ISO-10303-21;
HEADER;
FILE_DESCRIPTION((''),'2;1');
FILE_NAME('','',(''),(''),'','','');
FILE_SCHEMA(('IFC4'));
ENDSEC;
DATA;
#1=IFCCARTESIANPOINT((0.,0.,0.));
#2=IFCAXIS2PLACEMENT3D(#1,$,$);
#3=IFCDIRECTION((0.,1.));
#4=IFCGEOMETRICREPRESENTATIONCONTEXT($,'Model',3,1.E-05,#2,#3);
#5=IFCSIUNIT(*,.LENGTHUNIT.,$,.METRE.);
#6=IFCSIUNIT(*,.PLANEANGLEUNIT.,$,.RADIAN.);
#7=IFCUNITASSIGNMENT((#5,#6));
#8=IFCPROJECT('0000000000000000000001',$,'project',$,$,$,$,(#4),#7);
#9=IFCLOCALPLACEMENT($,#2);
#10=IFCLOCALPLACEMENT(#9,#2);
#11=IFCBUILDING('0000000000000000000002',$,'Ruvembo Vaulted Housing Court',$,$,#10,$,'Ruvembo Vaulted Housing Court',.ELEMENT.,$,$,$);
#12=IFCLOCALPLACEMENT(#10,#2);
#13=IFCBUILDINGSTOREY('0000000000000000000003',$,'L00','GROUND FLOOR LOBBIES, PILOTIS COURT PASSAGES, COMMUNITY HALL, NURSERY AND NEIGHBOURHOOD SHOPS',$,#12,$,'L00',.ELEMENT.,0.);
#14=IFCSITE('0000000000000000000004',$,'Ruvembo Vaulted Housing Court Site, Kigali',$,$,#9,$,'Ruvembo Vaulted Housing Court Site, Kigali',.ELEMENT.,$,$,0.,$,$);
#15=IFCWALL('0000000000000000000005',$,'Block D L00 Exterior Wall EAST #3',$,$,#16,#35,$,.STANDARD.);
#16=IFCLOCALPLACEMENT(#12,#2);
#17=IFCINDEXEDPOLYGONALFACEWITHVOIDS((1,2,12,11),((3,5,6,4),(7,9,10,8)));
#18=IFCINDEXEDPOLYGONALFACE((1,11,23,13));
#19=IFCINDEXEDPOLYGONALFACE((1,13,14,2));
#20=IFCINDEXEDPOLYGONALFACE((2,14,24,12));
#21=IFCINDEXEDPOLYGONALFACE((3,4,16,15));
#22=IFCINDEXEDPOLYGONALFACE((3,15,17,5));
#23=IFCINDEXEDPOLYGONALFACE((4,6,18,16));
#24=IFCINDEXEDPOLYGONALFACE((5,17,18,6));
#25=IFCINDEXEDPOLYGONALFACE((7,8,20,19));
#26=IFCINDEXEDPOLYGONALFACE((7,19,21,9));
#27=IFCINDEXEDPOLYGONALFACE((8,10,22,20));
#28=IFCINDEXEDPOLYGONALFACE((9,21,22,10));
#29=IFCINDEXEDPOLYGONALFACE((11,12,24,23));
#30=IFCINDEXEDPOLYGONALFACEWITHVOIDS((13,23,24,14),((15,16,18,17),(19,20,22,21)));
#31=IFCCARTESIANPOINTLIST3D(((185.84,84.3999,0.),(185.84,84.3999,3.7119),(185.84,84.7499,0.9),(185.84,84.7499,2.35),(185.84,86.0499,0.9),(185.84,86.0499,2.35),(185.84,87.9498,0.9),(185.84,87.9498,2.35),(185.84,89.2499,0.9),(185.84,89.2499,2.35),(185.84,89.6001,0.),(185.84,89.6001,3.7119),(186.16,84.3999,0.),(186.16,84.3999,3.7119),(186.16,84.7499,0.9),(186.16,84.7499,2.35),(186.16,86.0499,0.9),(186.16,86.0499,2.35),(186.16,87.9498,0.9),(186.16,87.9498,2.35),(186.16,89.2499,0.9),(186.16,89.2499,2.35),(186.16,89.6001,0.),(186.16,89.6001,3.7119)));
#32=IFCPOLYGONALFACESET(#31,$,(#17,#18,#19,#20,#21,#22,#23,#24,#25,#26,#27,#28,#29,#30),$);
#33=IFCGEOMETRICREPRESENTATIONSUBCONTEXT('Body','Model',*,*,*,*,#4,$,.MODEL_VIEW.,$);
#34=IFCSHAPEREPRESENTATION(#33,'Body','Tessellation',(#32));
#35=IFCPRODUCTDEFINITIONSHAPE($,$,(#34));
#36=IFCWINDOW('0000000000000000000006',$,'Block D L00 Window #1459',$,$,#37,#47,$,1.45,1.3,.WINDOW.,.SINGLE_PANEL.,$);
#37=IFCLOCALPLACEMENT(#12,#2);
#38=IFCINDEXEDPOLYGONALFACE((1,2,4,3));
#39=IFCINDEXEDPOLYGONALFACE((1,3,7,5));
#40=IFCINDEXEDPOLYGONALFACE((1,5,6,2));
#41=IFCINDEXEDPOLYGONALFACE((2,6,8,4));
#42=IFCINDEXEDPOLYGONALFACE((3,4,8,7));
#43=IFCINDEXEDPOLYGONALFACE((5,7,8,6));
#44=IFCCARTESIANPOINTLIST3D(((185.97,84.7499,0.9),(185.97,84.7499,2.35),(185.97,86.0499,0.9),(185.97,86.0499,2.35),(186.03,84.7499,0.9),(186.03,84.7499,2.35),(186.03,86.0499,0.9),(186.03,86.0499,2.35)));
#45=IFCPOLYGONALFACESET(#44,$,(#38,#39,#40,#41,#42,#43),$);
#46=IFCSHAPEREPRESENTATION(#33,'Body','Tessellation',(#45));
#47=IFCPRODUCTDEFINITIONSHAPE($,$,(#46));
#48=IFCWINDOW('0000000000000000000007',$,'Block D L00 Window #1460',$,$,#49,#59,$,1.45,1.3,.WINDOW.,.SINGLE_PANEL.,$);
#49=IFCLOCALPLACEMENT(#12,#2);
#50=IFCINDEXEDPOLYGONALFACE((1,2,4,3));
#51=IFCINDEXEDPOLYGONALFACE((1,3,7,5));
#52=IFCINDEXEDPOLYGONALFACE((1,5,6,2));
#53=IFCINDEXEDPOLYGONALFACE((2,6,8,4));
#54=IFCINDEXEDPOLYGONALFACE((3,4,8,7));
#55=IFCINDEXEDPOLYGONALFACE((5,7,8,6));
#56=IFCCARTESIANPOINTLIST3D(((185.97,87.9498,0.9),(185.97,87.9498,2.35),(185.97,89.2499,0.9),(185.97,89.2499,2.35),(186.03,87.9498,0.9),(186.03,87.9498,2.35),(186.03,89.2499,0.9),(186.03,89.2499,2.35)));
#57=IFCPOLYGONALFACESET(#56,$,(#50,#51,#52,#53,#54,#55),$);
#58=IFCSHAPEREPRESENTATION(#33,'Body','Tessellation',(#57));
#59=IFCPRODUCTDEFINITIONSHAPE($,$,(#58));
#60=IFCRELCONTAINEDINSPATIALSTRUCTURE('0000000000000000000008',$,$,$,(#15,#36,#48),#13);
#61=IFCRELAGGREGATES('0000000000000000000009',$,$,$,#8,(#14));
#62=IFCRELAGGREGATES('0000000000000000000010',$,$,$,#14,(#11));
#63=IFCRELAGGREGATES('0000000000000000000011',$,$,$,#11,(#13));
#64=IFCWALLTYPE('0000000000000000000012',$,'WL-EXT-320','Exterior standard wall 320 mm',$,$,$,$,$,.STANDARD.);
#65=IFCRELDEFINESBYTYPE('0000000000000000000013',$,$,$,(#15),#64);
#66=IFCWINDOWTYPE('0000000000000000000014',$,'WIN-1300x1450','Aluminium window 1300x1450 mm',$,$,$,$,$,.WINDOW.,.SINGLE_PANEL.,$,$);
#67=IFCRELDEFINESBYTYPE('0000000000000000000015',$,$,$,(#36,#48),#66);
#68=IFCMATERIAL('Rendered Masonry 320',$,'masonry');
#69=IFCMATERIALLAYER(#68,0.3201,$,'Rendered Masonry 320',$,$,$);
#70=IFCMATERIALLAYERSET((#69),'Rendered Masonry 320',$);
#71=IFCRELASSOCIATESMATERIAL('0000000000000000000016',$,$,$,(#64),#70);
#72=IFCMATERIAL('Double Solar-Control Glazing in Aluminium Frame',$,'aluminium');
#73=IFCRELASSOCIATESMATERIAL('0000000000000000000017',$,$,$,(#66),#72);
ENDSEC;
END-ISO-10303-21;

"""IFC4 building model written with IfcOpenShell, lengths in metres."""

from ifc_helpers import new_model, si_unit, direction, frame, frame_2d, origin, place, context, subcontext, project, spatial, rectangle, extrude, material, layer, layer_set, type_object, element, fill, save


model = new_model("IFC4")

# Units and contexts
model_context = context("Model", 3, precision=1e-05, world=origin(), true_north=direction((0.0, 1.0)))
body_context = subcontext(model_context, "Body", "Model", "MODEL_VIEW")
ifc_project = project(units=[si_unit("LENGTHUNIT", "METRE"), si_unit("PLANEANGLEUNIT", "RADIAN")], contexts=[model_context])

# Site, building, storey
site_placement = place(None, origin())
site = spatial("IfcSite", under=ifc_project, at=site_placement, Name="Ruvembo Vaulted Housing Court Site, Kigali", LongName="Ruvembo Vaulted Housing Court Site, Kigali", CompositionType="ELEMENT", RefElevation=0.0)
building_placement = place(site_placement, origin())
building = spatial("IfcBuilding", under=site, at=building_placement, Name="Ruvembo Vaulted Housing Court", LongName="Ruvembo Vaulted Housing Court", CompositionType="ELEMENT")
storey_placement = place(building_placement, origin())
storey = spatial("IfcBuildingStorey", under=building, at=storey_placement, Name="L00", Description="GROUND FLOOR LOBBIES, PILOTIS COURT PASSAGES, COMMUNITY HALL, NURSERY AND NEIGHBOURHOOD SHOPS", LongName="L00", CompositionType="ELEMENT", Elevation=0.0)

# Wall, openings, windows
ifc_material_1 = material(Name="Rendered Masonry 320", Category="masonry")
ifc_layer = layer(ifc_material_1, 0.3201, Name="Rendered Masonry 320")
ifc_layer_set = layer_set([ifc_layer], Name="Rendered Masonry 320")
wall_type = type_object("IfcWallType", Name="WL-EXT-320", Description="Exterior standard wall 320 mm", PredefinedType="STANDARD", material=ifc_layer_set)
ifc_material_2 = material(Name="Double Solar-Control Glazing in Aluminium Frame", Category="aluminium")
window_type_1 = type_object("IfcWindowType", Name="WIN-1300x1450", Description="Aluminium window 1300x1450 mm", PartitioningType="SINGLE_PANEL", PredefinedType="WINDOW", material=ifc_material_2)
wall_1_placement = place(storey_placement, frame((186.0, 84.3999, 0.0), z_axis=(0.0, 0.0, 1.0), x_axis=(0.0, 1.0, 0.0)))
wall_1 = element("IfcWall", 1, at=wall_1_placement, inside=storey, type_object=wall_type, Name="Block D L00 Exterior Wall EAST #3", PredefinedType="STANDARD", context=body_context, shape_type="SweptSolid", body=[
    extrude(rectangle(XDim=5.2002, YDim=0.3201, at=frame_2d((2.6001, 0.0))), origin(), (0.0, 0.0, 1.0), 3.7119),
])
opening_1_placement = place(wall_1_placement, frame((0.3501, 0.0, 0.8999)))
opening_1 = element("IfcOpeningElement", 2, at=opening_1_placement, cuts=wall_1, PredefinedType="OPENING", context=body_context, shape_type="SweptSolid", body=[
    extrude(rectangle(XDim=1.3, YDim=1.45, at=frame_2d((0.6499, 0.7251))), frame((0.0, 0.1699, 0.0), z_axis=(0.0, -1.0, 0.0), x_axis=(1.0, 0.0, 0.0)), (0.0, 0.0, 1.0), 0.3401),
])
opening_2_placement = place(wall_1_placement, frame((3.55, 0.0, 0.8999)))
opening_2 = element("IfcOpeningElement", 3, at=opening_2_placement, cuts=wall_1, PredefinedType="OPENING", context=body_context, shape_type="SweptSolid", body=[
    extrude(rectangle(XDim=1.3, YDim=1.45, at=frame_2d((0.6499, 0.7251))), frame((0.0, 0.1699, 0.0), z_axis=(0.0, -1.0, 0.0), x_axis=(1.0, 0.0, 0.0)), (0.0, 0.0, 1.0), 0.3401),
])
window_1_placement = place(opening_1_placement, origin())
window_1 = element("IfcWindow", 4, at=window_1_placement, inside=storey, type_object=window_type_1, Name="Block D L00 Window #1459", OverallHeight=1.45, OverallWidth=1.3, PartitioningType="SINGLE_PANEL", PredefinedType="WINDOW", context=body_context, shape_type="SweptSolid", body=[
    extrude(rectangle(XDim=1.3, YDim=1.45, at=frame_2d((0.6499, 0.7251))), frame((0.0, 0.03, 0.0), z_axis=(0.0, -1.0, 0.0), x_axis=(1.0, 0.0, 0.0)), (0.0, 0.0, 1.0), 0.0601),
])
fill(opening_1, window_1)
window_2_placement = place(opening_2_placement, origin())
window_2 = element("IfcWindow", 5, at=window_2_placement, inside=storey, type_object=window_type_1, Name="Block D L00 Window #1460", OverallHeight=1.45, OverallWidth=1.3, PartitioningType="SINGLE_PANEL", PredefinedType="WINDOW", context=body_context, shape_type="SweptSolid", body=[
    extrude(rectangle(XDim=1.3, YDim=1.45, at=frame_2d((0.6499, 0.7251))), frame((0.0, 0.03, 0.0), z_axis=(0.0, -1.0, 0.0), x_axis=(1.0, 0.0, 0.0)), (0.0, 0.0, 1.0), 0.0601),
])
fill(opening_2, window_2)

save(model, "model.ifc")
